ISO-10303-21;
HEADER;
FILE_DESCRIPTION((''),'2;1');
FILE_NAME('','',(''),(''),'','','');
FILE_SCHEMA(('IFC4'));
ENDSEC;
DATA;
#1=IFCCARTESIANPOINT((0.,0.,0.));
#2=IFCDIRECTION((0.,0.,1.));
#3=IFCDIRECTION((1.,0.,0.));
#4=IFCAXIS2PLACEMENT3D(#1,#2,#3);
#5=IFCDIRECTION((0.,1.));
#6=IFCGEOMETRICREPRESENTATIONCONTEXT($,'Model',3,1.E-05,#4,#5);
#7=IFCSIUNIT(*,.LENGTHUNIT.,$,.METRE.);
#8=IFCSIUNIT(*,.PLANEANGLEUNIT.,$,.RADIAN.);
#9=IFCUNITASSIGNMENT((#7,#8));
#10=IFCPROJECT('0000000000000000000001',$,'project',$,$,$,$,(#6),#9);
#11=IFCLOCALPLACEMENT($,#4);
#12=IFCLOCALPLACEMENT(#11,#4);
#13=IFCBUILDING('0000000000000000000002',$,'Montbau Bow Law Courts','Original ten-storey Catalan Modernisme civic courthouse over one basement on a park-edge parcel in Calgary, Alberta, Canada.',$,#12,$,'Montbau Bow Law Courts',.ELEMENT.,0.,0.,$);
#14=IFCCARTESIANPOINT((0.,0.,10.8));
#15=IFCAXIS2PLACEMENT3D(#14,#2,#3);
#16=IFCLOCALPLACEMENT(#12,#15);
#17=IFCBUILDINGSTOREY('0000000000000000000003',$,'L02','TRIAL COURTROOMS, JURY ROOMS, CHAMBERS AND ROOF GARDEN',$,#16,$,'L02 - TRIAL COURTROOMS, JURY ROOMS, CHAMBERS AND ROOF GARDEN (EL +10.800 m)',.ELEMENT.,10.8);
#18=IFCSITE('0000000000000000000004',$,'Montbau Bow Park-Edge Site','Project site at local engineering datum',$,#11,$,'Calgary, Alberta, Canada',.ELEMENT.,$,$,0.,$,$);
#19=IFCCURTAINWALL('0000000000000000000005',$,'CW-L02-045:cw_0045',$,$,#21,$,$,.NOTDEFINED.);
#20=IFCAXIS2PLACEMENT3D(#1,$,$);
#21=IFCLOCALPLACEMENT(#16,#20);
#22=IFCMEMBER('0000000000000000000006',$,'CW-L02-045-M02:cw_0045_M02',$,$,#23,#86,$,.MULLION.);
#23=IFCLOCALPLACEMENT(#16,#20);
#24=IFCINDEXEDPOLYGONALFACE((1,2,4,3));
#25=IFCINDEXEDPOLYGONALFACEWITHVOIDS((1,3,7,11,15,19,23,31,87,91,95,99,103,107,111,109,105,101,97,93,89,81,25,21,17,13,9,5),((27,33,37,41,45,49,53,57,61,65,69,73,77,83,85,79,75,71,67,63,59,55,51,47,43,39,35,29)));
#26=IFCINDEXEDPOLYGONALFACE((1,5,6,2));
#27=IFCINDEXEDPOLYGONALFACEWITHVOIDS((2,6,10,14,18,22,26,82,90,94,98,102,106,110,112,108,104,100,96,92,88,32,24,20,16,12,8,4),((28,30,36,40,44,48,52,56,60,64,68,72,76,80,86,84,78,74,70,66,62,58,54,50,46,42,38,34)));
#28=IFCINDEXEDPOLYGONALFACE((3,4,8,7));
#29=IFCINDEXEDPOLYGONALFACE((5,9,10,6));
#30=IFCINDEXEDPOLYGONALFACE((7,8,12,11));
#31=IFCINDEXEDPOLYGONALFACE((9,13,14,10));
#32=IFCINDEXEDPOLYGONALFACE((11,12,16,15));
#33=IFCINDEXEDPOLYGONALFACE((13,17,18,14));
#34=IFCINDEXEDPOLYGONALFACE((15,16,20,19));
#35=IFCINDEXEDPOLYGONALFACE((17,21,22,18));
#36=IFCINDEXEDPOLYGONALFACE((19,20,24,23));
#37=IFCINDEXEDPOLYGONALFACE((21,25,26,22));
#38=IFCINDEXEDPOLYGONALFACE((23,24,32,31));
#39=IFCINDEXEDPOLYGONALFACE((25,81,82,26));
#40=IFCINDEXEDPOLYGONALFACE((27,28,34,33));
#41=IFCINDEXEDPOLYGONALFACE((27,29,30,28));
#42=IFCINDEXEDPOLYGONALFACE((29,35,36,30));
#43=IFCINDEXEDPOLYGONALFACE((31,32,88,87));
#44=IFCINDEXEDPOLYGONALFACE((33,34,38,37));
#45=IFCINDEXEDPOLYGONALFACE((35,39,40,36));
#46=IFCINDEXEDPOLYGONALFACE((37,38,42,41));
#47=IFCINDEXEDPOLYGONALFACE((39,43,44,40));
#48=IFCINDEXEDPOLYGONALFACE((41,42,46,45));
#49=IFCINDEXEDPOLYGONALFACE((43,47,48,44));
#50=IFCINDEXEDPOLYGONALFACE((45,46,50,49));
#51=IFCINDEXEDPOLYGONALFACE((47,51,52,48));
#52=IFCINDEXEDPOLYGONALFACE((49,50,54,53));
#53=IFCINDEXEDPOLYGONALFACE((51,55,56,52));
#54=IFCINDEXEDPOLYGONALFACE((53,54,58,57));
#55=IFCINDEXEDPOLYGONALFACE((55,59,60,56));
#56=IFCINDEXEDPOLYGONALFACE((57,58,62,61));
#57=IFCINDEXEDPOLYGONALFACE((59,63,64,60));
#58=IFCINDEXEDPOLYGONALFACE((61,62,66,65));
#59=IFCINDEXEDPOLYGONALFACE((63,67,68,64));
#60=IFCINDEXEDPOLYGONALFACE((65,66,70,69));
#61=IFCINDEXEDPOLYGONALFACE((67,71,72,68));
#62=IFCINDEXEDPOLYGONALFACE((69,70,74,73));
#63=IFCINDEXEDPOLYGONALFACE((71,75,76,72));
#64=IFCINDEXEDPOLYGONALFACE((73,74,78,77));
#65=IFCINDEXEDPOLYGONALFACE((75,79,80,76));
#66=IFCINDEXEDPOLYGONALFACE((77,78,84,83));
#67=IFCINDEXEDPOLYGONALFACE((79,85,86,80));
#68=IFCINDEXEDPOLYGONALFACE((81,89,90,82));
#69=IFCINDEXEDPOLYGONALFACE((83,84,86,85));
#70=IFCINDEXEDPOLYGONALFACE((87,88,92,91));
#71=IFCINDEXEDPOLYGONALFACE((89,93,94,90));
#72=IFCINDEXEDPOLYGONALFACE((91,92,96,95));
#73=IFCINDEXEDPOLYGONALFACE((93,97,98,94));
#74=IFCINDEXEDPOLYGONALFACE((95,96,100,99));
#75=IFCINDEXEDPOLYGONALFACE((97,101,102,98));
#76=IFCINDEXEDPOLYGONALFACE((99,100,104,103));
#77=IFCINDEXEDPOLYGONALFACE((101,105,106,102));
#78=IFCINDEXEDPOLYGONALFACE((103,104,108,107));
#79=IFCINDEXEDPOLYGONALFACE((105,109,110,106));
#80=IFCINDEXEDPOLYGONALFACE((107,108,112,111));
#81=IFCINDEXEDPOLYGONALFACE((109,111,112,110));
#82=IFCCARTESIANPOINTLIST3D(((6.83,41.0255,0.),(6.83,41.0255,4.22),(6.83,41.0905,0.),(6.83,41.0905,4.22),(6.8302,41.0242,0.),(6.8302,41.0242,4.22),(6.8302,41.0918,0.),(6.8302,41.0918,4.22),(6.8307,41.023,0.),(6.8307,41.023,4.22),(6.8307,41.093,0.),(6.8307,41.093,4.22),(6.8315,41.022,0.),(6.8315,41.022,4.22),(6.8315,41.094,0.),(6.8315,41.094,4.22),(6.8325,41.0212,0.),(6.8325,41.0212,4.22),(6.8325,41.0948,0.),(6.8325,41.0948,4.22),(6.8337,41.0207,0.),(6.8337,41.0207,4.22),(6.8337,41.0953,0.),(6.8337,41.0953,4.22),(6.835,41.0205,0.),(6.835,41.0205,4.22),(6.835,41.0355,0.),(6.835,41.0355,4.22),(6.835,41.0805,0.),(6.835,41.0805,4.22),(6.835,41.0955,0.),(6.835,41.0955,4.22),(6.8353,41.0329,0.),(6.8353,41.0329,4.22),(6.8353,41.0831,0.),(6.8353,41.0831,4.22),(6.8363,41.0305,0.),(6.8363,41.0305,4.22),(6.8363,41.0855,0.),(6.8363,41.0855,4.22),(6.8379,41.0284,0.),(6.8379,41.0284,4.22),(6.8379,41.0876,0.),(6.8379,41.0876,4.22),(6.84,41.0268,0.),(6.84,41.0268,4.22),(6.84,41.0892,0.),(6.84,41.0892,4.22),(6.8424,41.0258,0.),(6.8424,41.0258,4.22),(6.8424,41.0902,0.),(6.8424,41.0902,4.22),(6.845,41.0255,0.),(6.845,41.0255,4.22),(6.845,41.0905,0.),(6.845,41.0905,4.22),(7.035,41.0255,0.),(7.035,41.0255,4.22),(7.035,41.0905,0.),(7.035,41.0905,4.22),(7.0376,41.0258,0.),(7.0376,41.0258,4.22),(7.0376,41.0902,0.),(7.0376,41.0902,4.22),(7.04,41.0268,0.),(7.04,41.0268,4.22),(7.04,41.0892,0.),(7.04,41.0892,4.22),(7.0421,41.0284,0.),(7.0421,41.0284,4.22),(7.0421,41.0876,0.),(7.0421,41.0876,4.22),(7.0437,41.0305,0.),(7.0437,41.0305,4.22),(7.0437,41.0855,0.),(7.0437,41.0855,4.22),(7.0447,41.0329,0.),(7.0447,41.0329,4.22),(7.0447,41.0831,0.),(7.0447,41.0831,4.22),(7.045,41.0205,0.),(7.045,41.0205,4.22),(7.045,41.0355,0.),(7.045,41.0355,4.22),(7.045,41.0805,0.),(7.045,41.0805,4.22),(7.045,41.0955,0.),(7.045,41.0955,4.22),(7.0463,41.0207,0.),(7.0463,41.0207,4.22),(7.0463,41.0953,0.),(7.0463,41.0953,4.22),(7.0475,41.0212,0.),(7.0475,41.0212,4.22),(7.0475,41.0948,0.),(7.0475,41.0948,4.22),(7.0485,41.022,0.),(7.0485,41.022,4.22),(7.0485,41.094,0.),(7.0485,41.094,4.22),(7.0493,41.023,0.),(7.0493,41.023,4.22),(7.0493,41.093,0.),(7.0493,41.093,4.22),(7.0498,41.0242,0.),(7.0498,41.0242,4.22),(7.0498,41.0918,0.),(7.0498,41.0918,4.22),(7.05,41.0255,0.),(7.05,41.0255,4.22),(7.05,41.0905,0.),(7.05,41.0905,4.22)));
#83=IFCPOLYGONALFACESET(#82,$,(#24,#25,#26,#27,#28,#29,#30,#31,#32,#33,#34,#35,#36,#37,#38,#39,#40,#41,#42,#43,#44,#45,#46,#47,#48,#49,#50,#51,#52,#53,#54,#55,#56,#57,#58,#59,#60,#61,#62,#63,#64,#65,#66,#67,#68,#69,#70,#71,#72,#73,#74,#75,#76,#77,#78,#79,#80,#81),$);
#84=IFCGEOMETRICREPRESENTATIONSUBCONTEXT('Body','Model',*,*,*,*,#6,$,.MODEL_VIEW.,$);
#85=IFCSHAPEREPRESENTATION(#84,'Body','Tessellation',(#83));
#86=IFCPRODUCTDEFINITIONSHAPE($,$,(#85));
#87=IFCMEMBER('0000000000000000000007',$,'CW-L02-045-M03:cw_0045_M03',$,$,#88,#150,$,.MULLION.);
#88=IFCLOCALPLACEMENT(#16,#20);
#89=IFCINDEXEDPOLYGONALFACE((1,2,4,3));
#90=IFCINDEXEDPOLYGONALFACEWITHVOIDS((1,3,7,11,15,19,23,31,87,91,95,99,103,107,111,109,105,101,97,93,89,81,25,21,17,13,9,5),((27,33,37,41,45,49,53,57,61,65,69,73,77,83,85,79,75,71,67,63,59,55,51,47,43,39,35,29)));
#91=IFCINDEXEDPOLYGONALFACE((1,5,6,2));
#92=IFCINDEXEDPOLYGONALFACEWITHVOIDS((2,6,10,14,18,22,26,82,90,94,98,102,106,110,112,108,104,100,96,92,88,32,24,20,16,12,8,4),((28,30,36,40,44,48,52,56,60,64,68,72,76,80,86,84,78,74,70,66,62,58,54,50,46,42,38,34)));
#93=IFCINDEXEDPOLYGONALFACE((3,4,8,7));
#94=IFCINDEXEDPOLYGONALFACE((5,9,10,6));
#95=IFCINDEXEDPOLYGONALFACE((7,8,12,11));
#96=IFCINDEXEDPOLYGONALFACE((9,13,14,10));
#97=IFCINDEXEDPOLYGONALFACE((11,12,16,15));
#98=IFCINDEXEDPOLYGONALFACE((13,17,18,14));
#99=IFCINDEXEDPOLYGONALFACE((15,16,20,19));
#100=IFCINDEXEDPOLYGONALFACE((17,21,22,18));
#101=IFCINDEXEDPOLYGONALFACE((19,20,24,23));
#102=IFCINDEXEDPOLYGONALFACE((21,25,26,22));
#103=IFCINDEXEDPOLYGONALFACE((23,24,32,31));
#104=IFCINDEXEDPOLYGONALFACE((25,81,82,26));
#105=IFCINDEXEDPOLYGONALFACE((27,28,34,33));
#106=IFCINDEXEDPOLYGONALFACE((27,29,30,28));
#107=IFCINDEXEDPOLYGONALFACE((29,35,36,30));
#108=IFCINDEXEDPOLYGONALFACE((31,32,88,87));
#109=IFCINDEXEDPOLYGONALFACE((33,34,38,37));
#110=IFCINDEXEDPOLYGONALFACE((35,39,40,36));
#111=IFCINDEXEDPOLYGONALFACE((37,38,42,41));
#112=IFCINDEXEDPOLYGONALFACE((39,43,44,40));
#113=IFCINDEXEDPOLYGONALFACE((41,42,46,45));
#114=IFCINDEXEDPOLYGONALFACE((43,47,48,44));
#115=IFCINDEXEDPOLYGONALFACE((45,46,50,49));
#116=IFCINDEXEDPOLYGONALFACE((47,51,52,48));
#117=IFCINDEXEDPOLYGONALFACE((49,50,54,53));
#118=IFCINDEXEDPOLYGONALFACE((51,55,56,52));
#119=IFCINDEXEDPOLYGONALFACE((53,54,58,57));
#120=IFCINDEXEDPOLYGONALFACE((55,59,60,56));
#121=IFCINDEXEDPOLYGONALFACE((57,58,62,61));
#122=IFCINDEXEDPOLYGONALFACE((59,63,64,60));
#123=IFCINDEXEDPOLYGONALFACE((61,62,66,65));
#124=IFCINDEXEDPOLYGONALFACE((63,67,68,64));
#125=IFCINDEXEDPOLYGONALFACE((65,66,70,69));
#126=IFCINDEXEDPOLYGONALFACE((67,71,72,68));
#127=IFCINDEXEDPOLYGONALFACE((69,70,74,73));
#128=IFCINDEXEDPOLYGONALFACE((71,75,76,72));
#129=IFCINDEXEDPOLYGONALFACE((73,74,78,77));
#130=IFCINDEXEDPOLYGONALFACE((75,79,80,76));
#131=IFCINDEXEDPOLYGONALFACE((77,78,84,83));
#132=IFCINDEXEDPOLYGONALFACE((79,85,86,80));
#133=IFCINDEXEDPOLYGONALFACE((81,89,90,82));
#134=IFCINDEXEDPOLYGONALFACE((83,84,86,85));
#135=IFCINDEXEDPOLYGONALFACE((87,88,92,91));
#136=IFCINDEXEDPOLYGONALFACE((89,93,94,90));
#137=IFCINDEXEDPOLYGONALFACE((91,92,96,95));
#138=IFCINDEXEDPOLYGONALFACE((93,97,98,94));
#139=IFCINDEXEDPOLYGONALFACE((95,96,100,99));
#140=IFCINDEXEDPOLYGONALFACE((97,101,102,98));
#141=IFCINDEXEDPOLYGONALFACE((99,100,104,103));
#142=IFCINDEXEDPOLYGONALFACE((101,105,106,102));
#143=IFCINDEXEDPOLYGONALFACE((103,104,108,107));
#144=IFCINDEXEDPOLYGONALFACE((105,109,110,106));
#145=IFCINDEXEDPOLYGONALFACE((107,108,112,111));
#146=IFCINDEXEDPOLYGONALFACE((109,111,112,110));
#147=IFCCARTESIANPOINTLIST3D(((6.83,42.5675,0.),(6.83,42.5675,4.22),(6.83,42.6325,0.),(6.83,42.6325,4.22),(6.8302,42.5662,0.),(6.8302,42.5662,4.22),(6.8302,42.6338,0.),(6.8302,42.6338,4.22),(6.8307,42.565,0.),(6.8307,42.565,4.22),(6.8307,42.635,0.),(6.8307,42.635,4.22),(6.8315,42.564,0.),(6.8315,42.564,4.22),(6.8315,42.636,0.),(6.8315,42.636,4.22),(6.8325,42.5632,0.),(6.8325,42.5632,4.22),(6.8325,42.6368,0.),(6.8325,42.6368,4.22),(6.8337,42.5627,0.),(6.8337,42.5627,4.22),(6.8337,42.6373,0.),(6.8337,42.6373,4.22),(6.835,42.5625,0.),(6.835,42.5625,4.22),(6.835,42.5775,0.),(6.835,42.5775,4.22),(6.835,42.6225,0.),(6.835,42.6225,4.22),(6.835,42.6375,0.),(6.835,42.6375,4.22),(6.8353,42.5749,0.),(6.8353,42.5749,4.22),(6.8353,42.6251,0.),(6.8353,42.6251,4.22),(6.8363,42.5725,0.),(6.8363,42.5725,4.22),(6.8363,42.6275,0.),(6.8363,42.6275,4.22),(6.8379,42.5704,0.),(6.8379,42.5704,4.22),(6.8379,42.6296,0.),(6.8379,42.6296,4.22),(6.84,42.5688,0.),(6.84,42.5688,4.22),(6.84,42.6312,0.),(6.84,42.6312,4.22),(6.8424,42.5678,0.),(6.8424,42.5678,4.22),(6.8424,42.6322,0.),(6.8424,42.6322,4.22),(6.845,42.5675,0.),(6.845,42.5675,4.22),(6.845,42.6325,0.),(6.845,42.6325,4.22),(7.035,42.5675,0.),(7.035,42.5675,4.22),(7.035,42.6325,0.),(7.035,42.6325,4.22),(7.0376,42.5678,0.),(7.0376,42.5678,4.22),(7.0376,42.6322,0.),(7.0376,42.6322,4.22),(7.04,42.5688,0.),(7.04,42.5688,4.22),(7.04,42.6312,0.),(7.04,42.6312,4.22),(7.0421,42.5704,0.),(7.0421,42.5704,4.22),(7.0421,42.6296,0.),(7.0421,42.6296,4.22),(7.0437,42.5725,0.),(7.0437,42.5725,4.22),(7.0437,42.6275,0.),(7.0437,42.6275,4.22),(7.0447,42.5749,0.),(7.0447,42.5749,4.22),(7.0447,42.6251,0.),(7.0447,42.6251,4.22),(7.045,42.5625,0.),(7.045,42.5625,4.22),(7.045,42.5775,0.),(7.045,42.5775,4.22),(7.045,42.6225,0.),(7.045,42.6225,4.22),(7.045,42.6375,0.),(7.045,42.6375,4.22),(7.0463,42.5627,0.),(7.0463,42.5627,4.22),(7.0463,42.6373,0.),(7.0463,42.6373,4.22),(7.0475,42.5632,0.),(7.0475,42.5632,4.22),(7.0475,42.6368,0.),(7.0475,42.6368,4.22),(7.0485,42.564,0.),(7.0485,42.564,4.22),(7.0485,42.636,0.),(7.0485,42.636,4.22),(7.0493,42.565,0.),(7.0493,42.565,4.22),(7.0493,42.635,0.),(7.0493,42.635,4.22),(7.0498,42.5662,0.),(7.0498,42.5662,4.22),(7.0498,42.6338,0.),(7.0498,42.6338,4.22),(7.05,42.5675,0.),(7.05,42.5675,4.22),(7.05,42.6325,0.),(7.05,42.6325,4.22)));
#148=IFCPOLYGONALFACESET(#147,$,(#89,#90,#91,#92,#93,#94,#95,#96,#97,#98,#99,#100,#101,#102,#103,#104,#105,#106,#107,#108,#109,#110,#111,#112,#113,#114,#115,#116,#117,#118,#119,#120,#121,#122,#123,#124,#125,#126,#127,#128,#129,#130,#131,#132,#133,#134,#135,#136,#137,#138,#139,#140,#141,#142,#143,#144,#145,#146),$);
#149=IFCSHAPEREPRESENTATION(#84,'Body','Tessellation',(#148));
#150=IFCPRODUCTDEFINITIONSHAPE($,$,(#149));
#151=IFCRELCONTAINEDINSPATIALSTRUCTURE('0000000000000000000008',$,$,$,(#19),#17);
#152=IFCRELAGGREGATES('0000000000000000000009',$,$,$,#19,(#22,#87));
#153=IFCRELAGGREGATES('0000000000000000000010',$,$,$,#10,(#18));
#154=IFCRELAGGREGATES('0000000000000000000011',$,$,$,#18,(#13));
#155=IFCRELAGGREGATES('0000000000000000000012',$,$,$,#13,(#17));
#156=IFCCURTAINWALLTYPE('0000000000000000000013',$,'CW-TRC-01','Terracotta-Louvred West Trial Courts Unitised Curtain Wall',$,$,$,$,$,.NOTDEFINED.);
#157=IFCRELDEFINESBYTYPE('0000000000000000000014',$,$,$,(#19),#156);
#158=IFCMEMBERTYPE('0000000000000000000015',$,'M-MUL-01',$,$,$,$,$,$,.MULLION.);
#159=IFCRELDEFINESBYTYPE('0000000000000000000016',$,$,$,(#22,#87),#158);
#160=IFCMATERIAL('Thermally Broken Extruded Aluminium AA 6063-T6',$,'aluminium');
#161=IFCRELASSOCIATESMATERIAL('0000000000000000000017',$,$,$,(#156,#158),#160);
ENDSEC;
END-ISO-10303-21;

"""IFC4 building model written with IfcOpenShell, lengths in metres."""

from ifc_helpers import new_model, si_unit, direction, frame, origin_with_axes, origin_2d_with_axis, place, context, subcontext, project, spatial, hollow_rectangle, extrude, material, material_profile, profile_set, type_object, element, aggregate, save


model = new_model("IFC4")

# Units and contexts
model_context = context("Model", 3, precision=1e-05, world=origin_with_axes(), true_north=direction((0.0, 1.0)))
body_context = subcontext(model_context, "Body", "Model", "MODEL_VIEW")
ifc_project = project(units=[si_unit("LENGTHUNIT", "METRE"), si_unit("PLANEANGLEUNIT", "RADIAN")], contexts=[model_context])

# Site, building, storey
site_placement = place(None, origin_with_axes())
site = spatial("IfcSite", under=ifc_project, at=site_placement, Name="Montbau Bow Park-Edge Site", Description="Project site at local engineering datum", LongName="Calgary, Alberta, Canada", CompositionType="ELEMENT", RefElevation=0.0)
building_placement = place(site_placement, origin_with_axes())
building = spatial("IfcBuilding", under=site, at=building_placement, Name="Montbau Bow Law Courts", Description="Original ten-storey Catalan Modernisme civic courthouse over one basement on a park-edge parcel in Calgary, Alberta, Canada.", LongName="Montbau Bow Law Courts", CompositionType="ELEMENT", ElevationOfRefHeight=0.0, ElevationOfTerrain=0.0)
storey_placement = place(building_placement, frame((0.0, 0.0, 10.8), z_axis=(0.0, 0.0, 1.0), x_axis=(1.0, 0.0, 0.0)))
storey = spatial("IfcBuildingStorey", under=building, at=storey_placement, Name="L02", Description="TRIAL COURTROOMS, JURY ROOMS, CHAMBERS AND ROOF GARDEN", LongName="L02 - TRIAL COURTROOMS, JURY ROOMS, CHAMBERS AND ROOF GARDEN (EL +10.800 m)", CompositionType="ELEMENT", Elevation=10.8)

# Curtain wall, members
ifc_material_1 = material(Name="Thermally Broken Extruded Aluminium AA 6063-T6", Category="aluminium")
curtain_wall_type = type_object("IfcCurtainWallType", Name="CW-TRC-01", Description="Terracotta-Louvred West Trial Courts Unitised Curtain Wall", PredefinedType="NOTDEFINED", material=ifc_material_1)
curtain_wall_placement = place(None, frame((6.94, 39.515, 10.8), z_axis=(0.0, 0.0, 1.0), x_axis=(1.0, 0.0, 0.0)))
curtain_wall = element("IfcCurtainWall", 1, at=curtain_wall_placement, inside=storey, type_object=curtain_wall_type, Name="CW-L02-045:cw_0045", PredefinedType="NOTDEFINED")
ifc_material_profile_1 = material_profile(ifc_material_1, hollow_rectangle(XDim=0.075, YDim=0.22, WallThickness=0.005, InnerFilletRadius=0.01, OuterFilletRadius=0.005, at=origin_2d_with_axis()), Name="CWM-220X75", Category="Main", Priority=0)
ifc_profile_set_1 = profile_set([ifc_material_profile_1], Name="Thermally Broken Extruded Aluminium AA 6063-T6")
member_type_1 = type_object("IfcMemberType", Name="M-MUL-01", PredefinedType="MULLION", material=ifc_profile_set_1)
member_1_placement = place(None, frame((6.94, 41.058, 10.8), z_axis=(0.0, 0.0, 1.0), x_axis=(0.0, 1.0, 0.0)))
member_1 = element("IfcMember", 2, at=member_1_placement, type_object=member_type_1, Name="CW-L02-045-M02:cw_0045_M02", PredefinedType="MULLION", context=body_context, shape_type="SweptSolid", body=[
    extrude(hollow_rectangle(XDim=0.075, YDim=0.22, WallThickness=0.005, InnerFilletRadius=0.01, OuterFilletRadius=0.005, at=origin_2d_with_axis()), origin_with_axes(), (0.0, 0.0, 1.0), 4.22),
])
member_2_placement = place(None, frame((6.94, 42.6, 10.8), z_axis=(0.0, 0.0, 1.0), x_axis=(0.0, 1.0, 0.0)))
member_2 = element("IfcMember", 3, at=member_2_placement, type_object=member_type_1, Name="CW-L02-045-M03:cw_0045_M03", PredefinedType="MULLION", context=body_context, shape_type="SweptSolid", body=[
    extrude(hollow_rectangle(XDim=0.075, YDim=0.22, WallThickness=0.005, InnerFilletRadius=0.01, OuterFilletRadius=0.005, at=origin_2d_with_axis()), origin_with_axes(), (0.0, 0.0, 1.0), 4.22),
])
aggregate(curtain_wall, [member_1, member_2])

save(model, "model.ifc")
